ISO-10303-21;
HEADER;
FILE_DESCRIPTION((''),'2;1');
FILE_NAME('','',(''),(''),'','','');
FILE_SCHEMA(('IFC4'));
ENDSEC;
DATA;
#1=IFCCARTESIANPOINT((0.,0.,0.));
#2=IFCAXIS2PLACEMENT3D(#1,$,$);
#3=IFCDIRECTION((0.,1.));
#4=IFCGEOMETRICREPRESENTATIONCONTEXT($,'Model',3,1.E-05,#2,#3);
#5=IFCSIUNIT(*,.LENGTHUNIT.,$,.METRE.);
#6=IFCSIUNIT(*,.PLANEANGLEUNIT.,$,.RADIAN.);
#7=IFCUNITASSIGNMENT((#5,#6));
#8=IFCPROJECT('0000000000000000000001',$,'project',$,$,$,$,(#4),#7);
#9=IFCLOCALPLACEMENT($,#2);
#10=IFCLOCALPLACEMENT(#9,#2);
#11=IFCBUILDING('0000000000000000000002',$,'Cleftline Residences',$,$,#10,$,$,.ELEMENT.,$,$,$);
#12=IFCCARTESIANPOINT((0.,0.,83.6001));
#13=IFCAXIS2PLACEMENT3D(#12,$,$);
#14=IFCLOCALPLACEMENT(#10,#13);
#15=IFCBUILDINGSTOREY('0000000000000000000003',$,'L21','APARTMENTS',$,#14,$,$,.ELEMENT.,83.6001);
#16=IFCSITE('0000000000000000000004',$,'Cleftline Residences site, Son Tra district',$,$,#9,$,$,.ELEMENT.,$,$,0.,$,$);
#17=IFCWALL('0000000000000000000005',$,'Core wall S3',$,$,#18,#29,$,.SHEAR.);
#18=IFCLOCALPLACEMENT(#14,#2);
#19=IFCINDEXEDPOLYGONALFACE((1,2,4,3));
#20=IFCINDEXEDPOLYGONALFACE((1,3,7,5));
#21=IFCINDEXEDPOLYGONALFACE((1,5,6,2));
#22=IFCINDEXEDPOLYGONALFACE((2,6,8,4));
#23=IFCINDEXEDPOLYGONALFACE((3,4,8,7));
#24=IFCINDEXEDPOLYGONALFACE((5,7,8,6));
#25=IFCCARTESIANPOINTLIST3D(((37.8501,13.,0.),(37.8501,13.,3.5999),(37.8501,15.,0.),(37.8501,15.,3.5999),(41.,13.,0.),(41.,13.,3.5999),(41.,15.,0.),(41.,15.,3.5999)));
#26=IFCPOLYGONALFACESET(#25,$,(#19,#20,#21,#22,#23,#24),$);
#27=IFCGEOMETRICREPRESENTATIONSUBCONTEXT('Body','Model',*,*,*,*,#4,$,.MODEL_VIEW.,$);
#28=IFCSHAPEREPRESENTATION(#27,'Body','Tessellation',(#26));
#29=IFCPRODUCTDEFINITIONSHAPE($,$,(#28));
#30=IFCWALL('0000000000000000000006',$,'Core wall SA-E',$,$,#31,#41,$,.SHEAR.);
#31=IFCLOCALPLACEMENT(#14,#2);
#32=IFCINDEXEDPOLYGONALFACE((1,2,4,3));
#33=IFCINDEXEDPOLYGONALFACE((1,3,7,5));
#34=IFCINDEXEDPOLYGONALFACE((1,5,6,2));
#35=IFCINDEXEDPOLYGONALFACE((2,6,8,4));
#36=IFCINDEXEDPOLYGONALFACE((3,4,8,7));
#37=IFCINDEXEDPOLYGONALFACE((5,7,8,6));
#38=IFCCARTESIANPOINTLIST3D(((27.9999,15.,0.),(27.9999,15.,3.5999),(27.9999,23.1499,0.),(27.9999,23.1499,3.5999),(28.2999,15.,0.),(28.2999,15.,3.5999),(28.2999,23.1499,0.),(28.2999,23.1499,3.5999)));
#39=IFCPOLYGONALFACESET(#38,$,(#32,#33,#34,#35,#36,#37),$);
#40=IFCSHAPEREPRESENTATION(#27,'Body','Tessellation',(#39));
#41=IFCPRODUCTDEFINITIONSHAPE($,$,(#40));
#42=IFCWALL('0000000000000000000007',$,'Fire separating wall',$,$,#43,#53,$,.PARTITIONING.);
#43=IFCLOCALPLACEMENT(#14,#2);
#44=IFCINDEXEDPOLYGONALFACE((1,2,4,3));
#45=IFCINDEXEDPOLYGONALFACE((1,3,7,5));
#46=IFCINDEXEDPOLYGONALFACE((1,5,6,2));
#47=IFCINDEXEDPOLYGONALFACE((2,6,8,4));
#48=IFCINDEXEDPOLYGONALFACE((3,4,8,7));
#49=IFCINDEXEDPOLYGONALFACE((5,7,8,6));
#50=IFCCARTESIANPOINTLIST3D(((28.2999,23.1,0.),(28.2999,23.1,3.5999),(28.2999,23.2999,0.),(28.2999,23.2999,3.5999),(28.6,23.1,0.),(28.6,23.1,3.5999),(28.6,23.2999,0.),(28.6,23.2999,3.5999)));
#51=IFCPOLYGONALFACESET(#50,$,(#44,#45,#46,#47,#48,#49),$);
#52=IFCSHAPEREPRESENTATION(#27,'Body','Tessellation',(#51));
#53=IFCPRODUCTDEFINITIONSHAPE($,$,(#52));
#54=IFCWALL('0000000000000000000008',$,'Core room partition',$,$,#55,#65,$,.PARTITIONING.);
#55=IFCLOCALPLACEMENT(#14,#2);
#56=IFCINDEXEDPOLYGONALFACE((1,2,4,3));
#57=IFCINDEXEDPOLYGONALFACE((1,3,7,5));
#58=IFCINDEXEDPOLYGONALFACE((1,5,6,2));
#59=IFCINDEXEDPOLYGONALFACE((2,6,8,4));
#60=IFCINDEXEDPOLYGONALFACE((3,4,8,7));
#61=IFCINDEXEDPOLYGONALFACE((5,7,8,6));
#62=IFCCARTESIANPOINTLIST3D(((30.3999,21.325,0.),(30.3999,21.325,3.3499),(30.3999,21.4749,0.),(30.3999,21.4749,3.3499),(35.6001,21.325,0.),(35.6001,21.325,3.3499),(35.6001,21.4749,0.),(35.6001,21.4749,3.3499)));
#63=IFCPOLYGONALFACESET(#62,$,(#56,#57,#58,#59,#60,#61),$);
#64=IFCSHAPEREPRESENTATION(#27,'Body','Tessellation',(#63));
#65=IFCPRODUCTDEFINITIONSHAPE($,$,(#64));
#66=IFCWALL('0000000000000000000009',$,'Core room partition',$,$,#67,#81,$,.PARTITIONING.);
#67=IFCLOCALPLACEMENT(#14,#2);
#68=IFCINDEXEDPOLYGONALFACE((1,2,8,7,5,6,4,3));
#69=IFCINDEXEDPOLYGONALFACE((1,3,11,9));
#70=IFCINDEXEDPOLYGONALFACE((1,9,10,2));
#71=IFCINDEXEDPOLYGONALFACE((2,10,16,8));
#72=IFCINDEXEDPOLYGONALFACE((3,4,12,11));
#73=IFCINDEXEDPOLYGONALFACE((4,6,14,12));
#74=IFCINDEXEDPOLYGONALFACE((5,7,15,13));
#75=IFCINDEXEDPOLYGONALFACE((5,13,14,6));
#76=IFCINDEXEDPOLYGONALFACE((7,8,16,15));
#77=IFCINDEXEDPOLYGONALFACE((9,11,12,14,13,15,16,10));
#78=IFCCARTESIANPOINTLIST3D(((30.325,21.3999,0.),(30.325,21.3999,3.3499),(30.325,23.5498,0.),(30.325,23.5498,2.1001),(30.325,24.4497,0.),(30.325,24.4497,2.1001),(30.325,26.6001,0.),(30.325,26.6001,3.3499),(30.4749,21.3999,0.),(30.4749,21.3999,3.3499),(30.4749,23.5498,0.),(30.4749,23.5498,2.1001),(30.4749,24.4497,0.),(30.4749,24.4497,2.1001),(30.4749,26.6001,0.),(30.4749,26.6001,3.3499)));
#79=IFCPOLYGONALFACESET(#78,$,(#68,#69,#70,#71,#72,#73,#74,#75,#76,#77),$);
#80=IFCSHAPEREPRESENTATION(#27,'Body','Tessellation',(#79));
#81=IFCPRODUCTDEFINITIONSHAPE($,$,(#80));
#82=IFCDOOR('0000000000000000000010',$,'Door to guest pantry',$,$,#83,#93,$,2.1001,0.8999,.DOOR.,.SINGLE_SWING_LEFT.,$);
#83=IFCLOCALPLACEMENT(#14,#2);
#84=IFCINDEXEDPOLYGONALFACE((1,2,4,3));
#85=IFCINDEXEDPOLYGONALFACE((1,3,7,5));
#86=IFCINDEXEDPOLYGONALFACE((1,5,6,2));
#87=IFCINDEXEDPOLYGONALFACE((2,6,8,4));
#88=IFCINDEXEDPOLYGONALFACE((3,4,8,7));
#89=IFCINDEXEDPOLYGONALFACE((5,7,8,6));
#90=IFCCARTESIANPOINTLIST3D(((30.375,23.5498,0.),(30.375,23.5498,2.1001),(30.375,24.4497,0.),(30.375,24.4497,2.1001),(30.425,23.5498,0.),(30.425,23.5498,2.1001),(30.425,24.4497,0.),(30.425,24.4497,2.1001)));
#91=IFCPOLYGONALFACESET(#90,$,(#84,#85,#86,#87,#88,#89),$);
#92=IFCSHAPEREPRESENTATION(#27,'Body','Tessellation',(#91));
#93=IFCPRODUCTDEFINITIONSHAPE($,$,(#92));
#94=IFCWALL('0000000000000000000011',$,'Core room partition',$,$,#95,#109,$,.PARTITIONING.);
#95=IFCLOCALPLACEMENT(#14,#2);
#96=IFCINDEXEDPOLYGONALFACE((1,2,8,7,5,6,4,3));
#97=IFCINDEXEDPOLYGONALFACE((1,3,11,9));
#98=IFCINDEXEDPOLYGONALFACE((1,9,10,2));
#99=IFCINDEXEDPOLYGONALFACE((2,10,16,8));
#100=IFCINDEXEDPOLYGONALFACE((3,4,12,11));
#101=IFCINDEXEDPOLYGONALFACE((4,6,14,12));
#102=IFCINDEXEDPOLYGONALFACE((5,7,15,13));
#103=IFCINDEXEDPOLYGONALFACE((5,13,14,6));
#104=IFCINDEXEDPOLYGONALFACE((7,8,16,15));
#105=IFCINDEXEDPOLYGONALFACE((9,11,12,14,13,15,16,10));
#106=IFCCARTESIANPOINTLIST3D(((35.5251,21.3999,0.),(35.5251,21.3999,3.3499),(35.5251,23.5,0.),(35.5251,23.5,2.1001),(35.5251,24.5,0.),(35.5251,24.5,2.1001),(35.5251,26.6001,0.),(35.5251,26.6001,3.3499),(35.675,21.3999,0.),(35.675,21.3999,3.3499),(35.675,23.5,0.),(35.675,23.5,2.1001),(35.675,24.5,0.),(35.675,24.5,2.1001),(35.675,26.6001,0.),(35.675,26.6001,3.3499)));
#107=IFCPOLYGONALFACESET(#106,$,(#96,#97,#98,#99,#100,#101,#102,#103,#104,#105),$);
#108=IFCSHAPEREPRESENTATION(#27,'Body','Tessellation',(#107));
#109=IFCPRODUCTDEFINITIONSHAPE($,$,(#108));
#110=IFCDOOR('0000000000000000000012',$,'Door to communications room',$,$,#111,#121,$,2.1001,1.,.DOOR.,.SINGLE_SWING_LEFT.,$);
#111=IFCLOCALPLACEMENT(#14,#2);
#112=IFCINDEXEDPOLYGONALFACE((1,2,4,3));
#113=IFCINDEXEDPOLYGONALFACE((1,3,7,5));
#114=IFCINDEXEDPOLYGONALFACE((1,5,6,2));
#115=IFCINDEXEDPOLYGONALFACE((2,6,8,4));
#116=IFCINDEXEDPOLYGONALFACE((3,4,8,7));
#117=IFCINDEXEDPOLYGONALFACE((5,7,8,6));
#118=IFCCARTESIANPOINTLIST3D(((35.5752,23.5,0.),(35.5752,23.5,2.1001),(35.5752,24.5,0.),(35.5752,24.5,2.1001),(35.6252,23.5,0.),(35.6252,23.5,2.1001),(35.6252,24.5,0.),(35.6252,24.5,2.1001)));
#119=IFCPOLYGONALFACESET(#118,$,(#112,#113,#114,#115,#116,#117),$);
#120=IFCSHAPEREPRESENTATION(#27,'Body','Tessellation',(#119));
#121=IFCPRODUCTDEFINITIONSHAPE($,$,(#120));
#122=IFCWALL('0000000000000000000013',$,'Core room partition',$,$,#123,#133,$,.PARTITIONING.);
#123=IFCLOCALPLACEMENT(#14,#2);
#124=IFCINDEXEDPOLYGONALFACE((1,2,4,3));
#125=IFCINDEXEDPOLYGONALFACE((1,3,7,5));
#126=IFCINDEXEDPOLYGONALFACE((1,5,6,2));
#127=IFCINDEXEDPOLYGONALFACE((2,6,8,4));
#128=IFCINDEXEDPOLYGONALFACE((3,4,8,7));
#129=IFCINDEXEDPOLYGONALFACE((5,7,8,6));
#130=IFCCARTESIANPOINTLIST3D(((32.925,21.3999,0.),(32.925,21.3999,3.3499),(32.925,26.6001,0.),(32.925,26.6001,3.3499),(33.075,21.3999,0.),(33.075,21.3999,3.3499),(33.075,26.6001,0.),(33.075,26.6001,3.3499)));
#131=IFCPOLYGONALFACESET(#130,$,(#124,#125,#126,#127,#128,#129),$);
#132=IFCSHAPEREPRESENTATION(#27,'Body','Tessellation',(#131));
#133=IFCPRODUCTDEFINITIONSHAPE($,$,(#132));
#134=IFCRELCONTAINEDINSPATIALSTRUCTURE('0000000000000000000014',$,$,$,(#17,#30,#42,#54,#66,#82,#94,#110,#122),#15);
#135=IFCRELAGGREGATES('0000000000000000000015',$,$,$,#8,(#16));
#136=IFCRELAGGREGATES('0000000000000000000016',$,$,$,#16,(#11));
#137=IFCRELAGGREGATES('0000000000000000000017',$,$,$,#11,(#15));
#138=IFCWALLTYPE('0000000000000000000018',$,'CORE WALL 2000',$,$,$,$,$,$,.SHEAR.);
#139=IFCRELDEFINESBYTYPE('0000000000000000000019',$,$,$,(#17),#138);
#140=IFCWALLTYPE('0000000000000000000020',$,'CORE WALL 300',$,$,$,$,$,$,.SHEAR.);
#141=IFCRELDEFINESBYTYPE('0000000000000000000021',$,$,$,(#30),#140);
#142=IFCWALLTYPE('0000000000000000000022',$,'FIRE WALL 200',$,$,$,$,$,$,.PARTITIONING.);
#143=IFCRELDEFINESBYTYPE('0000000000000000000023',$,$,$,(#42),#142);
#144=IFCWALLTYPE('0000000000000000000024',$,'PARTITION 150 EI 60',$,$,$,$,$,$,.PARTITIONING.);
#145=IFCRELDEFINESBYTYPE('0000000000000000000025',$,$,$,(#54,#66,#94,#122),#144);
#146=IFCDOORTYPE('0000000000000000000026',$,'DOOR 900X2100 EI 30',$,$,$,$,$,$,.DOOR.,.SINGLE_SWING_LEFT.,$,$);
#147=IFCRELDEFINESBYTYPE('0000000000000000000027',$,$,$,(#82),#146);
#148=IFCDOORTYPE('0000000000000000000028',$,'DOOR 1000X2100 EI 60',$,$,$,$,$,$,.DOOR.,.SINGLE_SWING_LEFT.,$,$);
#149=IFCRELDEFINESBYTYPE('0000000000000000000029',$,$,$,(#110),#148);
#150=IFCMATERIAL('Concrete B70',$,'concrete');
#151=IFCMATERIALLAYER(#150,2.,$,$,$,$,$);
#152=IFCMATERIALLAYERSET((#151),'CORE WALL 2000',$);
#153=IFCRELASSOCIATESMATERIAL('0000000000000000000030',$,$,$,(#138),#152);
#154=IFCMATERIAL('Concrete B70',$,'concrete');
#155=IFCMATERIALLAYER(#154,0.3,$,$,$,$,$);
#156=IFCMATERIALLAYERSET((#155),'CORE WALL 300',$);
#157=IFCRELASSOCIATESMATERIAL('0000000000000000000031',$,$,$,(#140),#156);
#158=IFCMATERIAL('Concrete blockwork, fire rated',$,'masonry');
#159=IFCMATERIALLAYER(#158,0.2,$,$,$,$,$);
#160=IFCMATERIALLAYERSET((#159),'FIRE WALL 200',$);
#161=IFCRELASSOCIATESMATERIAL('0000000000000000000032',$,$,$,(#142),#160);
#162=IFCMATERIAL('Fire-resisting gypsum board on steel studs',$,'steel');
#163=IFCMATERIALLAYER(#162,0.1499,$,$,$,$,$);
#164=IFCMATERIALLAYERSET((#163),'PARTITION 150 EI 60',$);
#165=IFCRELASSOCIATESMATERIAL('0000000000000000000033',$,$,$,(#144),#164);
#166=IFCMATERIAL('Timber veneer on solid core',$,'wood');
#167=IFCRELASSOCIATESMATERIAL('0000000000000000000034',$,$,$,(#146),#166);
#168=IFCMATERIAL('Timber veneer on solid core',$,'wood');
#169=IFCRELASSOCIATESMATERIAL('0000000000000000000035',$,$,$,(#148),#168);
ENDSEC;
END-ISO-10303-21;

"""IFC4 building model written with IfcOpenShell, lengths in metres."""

from ifc_helpers import new_model, si_unit, direction, frame, frame_2d, origin, place, context, subcontext, project, spatial, rectangle, extrude, material, layer, layer_set, type_object, element, fill, save


model = new_model("IFC4")

# Units and contexts
model_context = context("Model", 3, precision=1e-05, world=origin(), true_north=direction((0.0, 1.0)))
body_context = subcontext(model_context, "Body", "Model", "MODEL_VIEW")
ifc_project = project(units=[si_unit("LENGTHUNIT", "METRE"), si_unit("PLANEANGLEUNIT", "RADIAN")], contexts=[model_context])

# Site, building, storey
site_placement = place(None, origin())
site = spatial("IfcSite", under=ifc_project, at=site_placement, Name="Cleftline Residences site, Son Tra district", CompositionType="ELEMENT", RefElevation=0.0)
building_placement = place(site_placement, origin())
building = spatial("IfcBuilding", under=site, at=building_placement, Name="Cleftline Residences", CompositionType="ELEMENT")
storey_placement = place(building_placement, frame((0.0, 0.0, 83.6001)))
storey = spatial("IfcBuildingStorey", under=building, at=storey_placement, Name="L21", Description="APARTMENTS", CompositionType="ELEMENT", Elevation=83.6001)

# Walls
ifc_material_1 = material(Name="Concrete B70", Category="concrete")
ifc_layer_1 = layer(ifc_material_1, 2.0)
ifc_layer_set_1 = layer_set([ifc_layer_1], Name="CORE WALL 2000")
wall_type_1 = type_object("IfcWallType", Name="CORE WALL 2000", PredefinedType="SHEAR", material=ifc_layer_set_1)
wall_1_placement = place(storey_placement, frame((37.8501, 14.0, 0.0), z_axis=(0.0, 0.0, 1.0), x_axis=(1.0, 0.0, 0.0)))
element("IfcWall", 1, at=wall_1_placement, inside=storey, type_object=wall_type_1, Name="Core wall S3", PredefinedType="SHEAR", context=body_context, shape_type="SweptSolid", body=[
    extrude(rectangle(XDim=3.1499, YDim=2.0, at=frame_2d((1.575, 0.0))), origin(), (0.0, 0.0, 1.0), 3.5999),
])
ifc_material_2 = material(Name="Concrete B70", Category="concrete")
ifc_layer_2 = layer(ifc_material_2, 0.3)
ifc_layer_set_2 = layer_set([ifc_layer_2], Name="CORE WALL 300")
wall_type_2 = type_object("IfcWallType", Name="CORE WALL 300", PredefinedType="SHEAR", material=ifc_layer_set_2)
wall_2_placement = place(storey_placement, frame((28.1499, 15.0, 0.0), z_axis=(0.0, 0.0, 1.0), x_axis=(0.0, 1.0, 0.0)))
element("IfcWall", 2, at=wall_2_placement, inside=storey, type_object=wall_type_2, Name="Core wall SA-E", PredefinedType="SHEAR", context=body_context, shape_type="SweptSolid", body=[
    extrude(rectangle(XDim=8.1499, YDim=0.3, at=frame_2d((4.075, 0.0))), origin(), (0.0, 0.0, 1.0), 3.5999),
])
ifc_material_3 = material(Name="Concrete blockwork, fire rated", Category="masonry")
ifc_layer_3 = layer(ifc_material_3, 0.2)
ifc_layer_set_3 = layer_set([ifc_layer_3], Name="FIRE WALL 200")
wall_type_3 = type_object("IfcWallType", Name="FIRE WALL 200", PredefinedType="PARTITIONING", material=ifc_layer_set_3)
wall_3_placement = place(storey_placement, frame((28.3, 23.2, 0.0), z_axis=(0.0, 0.0, 1.0), x_axis=(1.0, 0.0, 0.0)))
element("IfcWall", 3, at=wall_3_placement, inside=storey, type_object=wall_type_3, Name="Fire separating wall", PredefinedType="PARTITIONING", context=body_context, shape_type="SweptSolid", body=[
    extrude(rectangle(XDim=0.3, YDim=0.2, at=frame_2d((0.1499, 0.0))), origin(), (0.0, 0.0, 1.0), 3.5999),
])
ifc_material_4 = material(Name="Fire-resisting gypsum board on steel studs", Category="steel")
ifc_layer_4 = layer(ifc_material_4, 0.1499)
ifc_layer_set_4 = layer_set([ifc_layer_4], Name="PARTITION 150 EI 60")
wall_type_4 = type_object("IfcWallType", Name="PARTITION 150 EI 60", PredefinedType="PARTITIONING", material=ifc_layer_set_4)
wall_4_placement = place(storey_placement, frame((30.3999, 21.3999, 0.0), z_axis=(0.0, 0.0, 1.0), x_axis=(1.0, 0.0, 0.0)))
element("IfcWall", 4, at=wall_4_placement, inside=storey, type_object=wall_type_4, Name="Core room partition", PredefinedType="PARTITIONING", context=body_context, shape_type="SweptSolid", body=[
    extrude(rectangle(XDim=5.2002, YDim=0.1499, at=frame_2d((2.6001, 0.0))), origin(), (0.0, 0.0, 1.0), 3.3499),
])

# Walls, openings, doors
wall_5_placement = place(storey_placement, frame((30.3999, 21.3999, 0.0), z_axis=(0.0, 0.0, 1.0), x_axis=(0.0, 1.0, 0.0)))
wall_5 = element("IfcWall", 5, at=wall_5_placement, inside=storey, type_object=wall_type_4, Name="Core room partition", PredefinedType="PARTITIONING", context=body_context, shape_type="SweptSolid", body=[
    extrude(rectangle(XDim=5.2002, YDim=0.1499, at=frame_2d((2.6001, 0.0))), origin(), (0.0, 0.0, 1.0), 3.3499),
])
opening_1_placement = place(wall_5_placement, frame((2.1499, 0.0, 0.0)))
opening_1 = element("IfcOpeningElement", 6, at=opening_1_placement, cuts=wall_5, PredefinedType="OPENING", context=body_context, shape_type="SweptSolid", body=[
    extrude(rectangle(XDim=0.8999, YDim=2.1001, at=frame_2d((0.45, 1.05))), frame((0.0, 0.085, 0.0), z_axis=(0.0, -1.0, 0.0), x_axis=(1.0, 0.0, 0.0)), (0.0, 0.0, 1.0), 0.1699),
])
ifc_material_5 = material(Name="Timber veneer on solid core", Category="wood")
door_type_1 = type_object("IfcDoorType", Name="DOOR 900X2100 EI 30", OperationType="SINGLE_SWING_LEFT", PredefinedType="DOOR", material=ifc_material_5)
door_1_placement = place(opening_1_placement, origin())
door_1 = element("IfcDoor", 7, at=door_1_placement, inside=storey, type_object=door_type_1, Name="Door to guest pantry", OperationType="SINGLE_SWING_LEFT", OverallHeight=2.1001, OverallWidth=0.8999, PredefinedType="DOOR", context=body_context, shape_type="SweptSolid", body=[
    extrude(rectangle(XDim=0.8999, YDim=2.1001, at=frame_2d((0.45, 1.05))), frame((0.0, 0.0249, 0.0), z_axis=(0.0, -1.0, 0.0), x_axis=(1.0, 0.0, 0.0)), (0.0, 0.0, 1.0), 0.05),
])
fill(opening_1, door_1)
wall_6_placement = place(storey_placement, frame((35.6001, 21.3999, 0.0), z_axis=(0.0, 0.0, 1.0), x_axis=(0.0, 1.0, 0.0)))
wall_6 = element("IfcWall", 8, at=wall_6_placement, inside=storey, type_object=wall_type_4, Name="Core room partition", PredefinedType="PARTITIONING", context=body_context, shape_type="SweptSolid", body=[
    extrude(rectangle(XDim=5.2002, YDim=0.1499, at=frame_2d((2.6001, 0.0))), origin(), (0.0, 0.0, 1.0), 3.3499),
])
opening_2_placement = place(wall_6_placement, frame((2.1001, 0.0, 0.0)))
opening_2 = element("IfcOpeningElement", 9, at=opening_2_placement, cuts=wall_6, PredefinedType="OPENING", context=body_context, shape_type="SweptSolid", body=[
    extrude(rectangle(XDim=1.0, YDim=2.1001, at=frame_2d((0.5, 1.05))), frame((0.0, 0.085, 0.0), z_axis=(0.0, -1.0, 0.0), x_axis=(1.0, 0.0, 0.0)), (0.0, 0.0, 1.0), 0.1699),
])
ifc_material_6 = material(Name="Timber veneer on solid core", Category="wood")
door_type_2 = type_object("IfcDoorType", Name="DOOR 1000X2100 EI 60", OperationType="SINGLE_SWING_LEFT", PredefinedType="DOOR", material=ifc_material_6)
door_2_placement = place(opening_2_placement, origin())
door_2 = element("IfcDoor", 10, at=door_2_placement, inside=storey, type_object=door_type_2, Name="Door to communications room", OperationType="SINGLE_SWING_LEFT", OverallHeight=2.1001, OverallWidth=1.0, PredefinedType="DOOR", context=body_context, shape_type="SweptSolid", body=[
    extrude(rectangle(XDim=1.0, YDim=2.1001, at=frame_2d((0.5, 1.05))), frame((0.0, 0.0249, 0.0), z_axis=(0.0, -1.0, 0.0), x_axis=(1.0, 0.0, 0.0)), (0.0, 0.0, 1.0), 0.05),
])
fill(opening_2, door_2)

# Wall
wall_7_placement = place(storey_placement, frame((33.0, 21.3999, 0.0), z_axis=(0.0, 0.0, 1.0), x_axis=(0.0, 1.0, 0.0)))
element("IfcWall", 11, at=wall_7_placement, inside=storey, type_object=wall_type_4, Name="Core room partition", PredefinedType="PARTITIONING", context=body_context, shape_type="SweptSolid", body=[
    extrude(rectangle(XDim=5.2002, YDim=0.1499, at=frame_2d((2.6001, 0.0))), origin(), (0.0, 0.0, 1.0), 3.3499),
])

save(model, "model.ifc")
